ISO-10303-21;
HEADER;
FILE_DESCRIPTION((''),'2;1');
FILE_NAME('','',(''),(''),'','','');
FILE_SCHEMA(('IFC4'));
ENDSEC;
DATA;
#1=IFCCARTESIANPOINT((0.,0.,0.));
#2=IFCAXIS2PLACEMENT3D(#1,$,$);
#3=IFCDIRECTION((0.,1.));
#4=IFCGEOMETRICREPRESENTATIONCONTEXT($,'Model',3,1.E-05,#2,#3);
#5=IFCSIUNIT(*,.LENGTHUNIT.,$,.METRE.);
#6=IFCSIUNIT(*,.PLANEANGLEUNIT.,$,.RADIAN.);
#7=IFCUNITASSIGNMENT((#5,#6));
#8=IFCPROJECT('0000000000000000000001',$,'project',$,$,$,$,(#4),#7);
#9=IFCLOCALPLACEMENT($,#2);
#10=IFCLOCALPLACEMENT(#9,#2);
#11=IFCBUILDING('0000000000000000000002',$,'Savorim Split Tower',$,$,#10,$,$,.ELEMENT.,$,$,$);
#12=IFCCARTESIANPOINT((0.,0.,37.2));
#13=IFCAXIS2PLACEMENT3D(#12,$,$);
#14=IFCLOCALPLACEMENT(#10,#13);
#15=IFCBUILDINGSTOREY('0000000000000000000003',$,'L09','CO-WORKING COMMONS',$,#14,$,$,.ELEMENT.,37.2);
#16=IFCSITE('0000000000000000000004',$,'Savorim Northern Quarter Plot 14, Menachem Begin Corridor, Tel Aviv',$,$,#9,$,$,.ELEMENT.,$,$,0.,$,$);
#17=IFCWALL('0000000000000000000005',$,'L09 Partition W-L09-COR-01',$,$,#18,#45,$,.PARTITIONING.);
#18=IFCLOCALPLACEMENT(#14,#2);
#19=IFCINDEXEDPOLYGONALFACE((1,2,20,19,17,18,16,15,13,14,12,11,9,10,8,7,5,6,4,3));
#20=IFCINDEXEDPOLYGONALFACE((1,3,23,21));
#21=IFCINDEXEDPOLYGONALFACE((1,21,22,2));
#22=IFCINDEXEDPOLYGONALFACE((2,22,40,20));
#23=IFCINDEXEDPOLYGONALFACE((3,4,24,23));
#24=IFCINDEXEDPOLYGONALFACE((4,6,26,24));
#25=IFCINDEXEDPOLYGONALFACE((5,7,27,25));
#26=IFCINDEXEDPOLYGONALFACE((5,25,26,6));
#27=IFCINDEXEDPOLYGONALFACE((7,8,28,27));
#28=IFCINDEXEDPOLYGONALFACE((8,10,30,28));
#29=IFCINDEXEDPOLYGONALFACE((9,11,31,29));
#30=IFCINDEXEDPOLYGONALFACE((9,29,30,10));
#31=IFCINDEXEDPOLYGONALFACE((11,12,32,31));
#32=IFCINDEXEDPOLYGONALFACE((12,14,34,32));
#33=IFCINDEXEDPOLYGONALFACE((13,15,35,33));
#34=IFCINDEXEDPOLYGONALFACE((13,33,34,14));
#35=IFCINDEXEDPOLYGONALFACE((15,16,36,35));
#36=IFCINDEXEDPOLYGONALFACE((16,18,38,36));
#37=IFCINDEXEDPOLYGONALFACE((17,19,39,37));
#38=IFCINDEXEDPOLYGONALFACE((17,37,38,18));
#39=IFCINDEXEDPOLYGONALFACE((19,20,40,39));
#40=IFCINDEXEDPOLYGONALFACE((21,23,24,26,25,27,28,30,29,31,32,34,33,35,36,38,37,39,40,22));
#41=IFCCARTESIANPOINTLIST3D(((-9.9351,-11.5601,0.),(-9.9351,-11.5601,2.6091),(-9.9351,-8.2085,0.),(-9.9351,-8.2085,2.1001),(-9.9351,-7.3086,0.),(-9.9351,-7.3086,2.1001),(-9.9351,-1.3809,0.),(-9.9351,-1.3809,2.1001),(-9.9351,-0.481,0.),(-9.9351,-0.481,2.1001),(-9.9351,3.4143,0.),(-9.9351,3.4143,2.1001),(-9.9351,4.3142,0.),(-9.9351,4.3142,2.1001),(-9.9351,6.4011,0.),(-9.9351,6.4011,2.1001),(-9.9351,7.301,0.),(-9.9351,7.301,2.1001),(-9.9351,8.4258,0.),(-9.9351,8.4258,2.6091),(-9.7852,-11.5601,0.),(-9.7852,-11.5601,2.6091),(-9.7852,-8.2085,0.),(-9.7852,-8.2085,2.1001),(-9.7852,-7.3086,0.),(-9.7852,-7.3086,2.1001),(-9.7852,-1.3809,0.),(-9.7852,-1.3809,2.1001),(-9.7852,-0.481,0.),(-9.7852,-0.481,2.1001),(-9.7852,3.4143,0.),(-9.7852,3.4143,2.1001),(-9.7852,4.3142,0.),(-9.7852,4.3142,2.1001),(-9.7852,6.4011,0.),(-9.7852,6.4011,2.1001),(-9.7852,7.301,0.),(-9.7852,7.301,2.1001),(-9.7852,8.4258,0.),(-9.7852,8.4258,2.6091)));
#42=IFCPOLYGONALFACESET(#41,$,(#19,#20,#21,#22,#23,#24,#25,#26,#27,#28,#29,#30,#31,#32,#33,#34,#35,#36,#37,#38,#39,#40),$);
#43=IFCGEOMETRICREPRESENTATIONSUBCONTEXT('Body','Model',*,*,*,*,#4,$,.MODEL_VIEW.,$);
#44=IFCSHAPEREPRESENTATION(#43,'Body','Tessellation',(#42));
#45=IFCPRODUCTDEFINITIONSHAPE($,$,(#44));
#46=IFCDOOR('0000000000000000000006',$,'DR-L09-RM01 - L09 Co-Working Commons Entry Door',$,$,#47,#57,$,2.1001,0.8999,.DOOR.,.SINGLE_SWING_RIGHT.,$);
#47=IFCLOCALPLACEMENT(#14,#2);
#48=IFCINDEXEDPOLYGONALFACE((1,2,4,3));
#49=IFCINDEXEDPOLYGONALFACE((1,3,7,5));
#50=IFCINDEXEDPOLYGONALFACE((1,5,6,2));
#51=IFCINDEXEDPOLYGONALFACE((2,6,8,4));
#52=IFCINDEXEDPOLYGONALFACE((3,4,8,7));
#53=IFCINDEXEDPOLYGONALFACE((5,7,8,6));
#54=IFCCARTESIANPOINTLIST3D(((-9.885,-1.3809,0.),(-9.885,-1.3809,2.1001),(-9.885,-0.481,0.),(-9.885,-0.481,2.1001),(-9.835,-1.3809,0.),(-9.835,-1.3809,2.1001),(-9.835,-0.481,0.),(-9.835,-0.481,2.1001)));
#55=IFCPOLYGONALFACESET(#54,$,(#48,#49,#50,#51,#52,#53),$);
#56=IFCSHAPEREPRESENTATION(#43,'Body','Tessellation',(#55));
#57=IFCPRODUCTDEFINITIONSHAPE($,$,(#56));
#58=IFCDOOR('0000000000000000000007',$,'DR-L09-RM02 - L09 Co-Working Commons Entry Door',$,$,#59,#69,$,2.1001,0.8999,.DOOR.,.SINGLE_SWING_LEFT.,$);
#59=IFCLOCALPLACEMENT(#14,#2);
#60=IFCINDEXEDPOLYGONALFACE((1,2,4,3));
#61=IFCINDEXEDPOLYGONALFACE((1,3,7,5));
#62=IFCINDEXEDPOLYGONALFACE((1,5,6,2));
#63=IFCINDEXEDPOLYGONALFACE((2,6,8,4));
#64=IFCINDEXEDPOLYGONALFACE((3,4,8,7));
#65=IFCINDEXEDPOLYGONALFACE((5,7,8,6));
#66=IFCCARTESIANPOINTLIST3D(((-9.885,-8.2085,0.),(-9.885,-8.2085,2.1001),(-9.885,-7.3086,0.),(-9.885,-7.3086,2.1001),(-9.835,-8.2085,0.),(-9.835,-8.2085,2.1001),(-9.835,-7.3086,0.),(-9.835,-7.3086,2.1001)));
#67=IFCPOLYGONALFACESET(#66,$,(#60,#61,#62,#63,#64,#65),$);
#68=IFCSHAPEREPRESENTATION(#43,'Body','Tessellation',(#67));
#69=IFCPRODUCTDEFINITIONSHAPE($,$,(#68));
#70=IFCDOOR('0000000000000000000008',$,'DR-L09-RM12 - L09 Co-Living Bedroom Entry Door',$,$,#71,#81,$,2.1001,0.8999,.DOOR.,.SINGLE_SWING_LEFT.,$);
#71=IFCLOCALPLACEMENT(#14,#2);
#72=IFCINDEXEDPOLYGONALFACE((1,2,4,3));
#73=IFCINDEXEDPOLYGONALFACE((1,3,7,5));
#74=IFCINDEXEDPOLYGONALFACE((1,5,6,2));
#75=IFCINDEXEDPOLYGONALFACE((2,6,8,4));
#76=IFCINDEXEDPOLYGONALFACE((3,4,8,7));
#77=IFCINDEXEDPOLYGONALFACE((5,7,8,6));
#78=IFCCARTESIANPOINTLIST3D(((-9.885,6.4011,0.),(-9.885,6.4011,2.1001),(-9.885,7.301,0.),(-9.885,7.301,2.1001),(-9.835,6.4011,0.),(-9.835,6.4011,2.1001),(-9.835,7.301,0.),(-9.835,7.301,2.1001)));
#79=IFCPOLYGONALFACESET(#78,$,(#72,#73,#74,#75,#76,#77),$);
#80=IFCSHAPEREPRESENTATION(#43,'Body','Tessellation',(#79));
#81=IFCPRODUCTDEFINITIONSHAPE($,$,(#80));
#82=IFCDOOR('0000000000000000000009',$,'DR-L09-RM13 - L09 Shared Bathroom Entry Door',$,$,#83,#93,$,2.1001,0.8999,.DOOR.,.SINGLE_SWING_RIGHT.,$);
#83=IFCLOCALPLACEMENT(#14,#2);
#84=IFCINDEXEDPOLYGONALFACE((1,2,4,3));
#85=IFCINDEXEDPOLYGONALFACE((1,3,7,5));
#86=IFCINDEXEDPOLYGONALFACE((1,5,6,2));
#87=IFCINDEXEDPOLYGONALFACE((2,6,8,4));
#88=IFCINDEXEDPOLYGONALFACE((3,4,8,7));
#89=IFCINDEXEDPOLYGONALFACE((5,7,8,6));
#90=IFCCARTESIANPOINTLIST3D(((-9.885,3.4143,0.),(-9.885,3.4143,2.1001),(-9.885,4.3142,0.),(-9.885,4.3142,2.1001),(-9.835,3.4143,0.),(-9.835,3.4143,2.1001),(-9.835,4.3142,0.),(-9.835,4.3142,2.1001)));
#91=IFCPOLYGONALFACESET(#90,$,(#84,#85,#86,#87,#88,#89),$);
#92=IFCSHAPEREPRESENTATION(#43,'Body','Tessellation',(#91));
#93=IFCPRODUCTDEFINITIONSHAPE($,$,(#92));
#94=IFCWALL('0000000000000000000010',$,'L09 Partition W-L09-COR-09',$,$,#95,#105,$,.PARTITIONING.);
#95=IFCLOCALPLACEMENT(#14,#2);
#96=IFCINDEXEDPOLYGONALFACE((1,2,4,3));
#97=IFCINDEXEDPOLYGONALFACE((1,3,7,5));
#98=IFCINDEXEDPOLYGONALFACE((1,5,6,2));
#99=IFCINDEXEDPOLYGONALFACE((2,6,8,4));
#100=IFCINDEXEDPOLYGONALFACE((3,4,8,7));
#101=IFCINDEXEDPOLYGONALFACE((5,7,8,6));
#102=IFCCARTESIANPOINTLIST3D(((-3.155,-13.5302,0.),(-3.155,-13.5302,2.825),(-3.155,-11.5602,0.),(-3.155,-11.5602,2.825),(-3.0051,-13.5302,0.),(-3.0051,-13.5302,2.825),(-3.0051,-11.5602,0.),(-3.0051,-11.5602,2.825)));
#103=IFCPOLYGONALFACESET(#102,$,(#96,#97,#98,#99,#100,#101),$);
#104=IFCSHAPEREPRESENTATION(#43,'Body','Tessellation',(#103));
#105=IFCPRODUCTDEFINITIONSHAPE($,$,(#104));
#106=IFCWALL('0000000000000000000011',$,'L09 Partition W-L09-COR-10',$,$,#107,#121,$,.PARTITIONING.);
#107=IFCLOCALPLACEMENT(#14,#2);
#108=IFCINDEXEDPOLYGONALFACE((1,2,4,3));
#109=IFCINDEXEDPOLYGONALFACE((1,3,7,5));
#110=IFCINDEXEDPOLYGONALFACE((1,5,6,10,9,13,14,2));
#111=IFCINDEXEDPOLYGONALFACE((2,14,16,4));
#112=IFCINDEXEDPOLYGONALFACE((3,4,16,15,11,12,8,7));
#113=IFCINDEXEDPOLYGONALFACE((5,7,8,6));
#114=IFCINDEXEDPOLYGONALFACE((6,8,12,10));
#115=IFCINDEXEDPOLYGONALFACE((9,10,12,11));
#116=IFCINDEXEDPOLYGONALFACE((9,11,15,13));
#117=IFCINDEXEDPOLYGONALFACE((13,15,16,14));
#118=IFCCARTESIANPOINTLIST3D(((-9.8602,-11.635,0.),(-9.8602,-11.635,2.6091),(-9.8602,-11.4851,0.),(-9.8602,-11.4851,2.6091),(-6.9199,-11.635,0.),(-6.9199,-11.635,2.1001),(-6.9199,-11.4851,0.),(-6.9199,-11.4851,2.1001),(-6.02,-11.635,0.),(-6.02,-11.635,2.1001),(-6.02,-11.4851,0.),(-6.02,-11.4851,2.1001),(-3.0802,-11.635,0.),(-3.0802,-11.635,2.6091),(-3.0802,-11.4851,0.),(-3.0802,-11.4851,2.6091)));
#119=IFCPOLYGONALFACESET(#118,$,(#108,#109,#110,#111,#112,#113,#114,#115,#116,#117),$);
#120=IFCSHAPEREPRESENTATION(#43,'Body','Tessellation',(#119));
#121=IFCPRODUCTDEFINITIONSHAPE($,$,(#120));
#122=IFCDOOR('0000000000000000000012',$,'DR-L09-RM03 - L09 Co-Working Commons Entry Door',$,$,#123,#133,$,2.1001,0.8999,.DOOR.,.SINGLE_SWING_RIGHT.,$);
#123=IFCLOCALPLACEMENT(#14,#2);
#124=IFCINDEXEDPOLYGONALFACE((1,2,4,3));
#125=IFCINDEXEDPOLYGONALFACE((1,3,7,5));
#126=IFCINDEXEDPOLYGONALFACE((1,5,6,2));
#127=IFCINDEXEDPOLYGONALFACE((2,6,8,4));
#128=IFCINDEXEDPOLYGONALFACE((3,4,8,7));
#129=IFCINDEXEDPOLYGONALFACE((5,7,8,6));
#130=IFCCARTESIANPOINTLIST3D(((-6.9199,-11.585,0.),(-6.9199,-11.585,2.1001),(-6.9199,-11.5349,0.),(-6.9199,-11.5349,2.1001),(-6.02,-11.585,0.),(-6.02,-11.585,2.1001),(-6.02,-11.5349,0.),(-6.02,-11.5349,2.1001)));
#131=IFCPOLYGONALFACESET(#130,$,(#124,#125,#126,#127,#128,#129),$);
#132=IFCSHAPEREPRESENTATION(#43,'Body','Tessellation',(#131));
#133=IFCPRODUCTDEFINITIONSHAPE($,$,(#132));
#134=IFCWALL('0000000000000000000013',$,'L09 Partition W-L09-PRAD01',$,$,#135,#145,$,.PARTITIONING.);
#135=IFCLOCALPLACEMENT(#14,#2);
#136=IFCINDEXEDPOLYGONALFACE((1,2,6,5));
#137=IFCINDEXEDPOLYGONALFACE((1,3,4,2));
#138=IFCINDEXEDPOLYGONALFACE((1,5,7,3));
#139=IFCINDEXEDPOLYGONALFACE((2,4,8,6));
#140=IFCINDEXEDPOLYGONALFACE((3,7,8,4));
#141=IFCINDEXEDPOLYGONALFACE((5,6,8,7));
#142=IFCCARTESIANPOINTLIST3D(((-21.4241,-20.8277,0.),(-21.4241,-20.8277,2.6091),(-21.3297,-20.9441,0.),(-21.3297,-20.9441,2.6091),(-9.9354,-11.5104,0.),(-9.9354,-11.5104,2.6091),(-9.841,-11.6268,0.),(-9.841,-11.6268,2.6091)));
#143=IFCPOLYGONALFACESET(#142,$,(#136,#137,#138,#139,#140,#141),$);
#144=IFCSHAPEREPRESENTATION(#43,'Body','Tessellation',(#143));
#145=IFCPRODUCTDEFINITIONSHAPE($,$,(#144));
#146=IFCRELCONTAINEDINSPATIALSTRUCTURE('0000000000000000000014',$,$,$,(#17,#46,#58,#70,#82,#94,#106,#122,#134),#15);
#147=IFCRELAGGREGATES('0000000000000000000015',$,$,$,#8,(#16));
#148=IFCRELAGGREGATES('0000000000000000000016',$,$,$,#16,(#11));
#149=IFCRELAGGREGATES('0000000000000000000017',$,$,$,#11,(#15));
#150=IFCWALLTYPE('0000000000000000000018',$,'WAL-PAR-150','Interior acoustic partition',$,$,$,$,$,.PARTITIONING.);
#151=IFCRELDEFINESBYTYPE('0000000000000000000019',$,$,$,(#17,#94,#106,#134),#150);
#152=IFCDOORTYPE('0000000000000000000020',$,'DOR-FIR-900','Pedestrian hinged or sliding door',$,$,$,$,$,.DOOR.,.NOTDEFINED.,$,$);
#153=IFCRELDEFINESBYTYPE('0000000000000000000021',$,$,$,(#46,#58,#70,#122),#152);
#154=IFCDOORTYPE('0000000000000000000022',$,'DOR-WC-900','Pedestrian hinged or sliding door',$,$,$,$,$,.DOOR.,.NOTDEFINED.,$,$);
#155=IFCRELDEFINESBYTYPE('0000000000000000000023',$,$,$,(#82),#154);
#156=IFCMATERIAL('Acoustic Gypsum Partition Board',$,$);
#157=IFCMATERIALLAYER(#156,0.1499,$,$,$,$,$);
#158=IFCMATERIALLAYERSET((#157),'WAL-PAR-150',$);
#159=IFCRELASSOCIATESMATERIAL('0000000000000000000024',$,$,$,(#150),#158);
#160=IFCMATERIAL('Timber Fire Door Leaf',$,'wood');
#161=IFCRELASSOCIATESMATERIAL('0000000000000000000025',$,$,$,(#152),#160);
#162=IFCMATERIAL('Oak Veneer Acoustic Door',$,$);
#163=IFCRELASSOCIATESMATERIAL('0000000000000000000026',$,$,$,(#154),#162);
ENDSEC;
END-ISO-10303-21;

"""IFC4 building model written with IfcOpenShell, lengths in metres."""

from ifc_helpers import new_model, si_unit, direction, frame, frame_2d, origin, place, context, subcontext, project, spatial, rectangle, extrude, material, layer, layer_set, type_object, element, fill, save


model = new_model("IFC4")

# Units and contexts
model_context = context("Model", 3, precision=1e-05, world=origin(), true_north=direction((0.0, 1.0)))
body_context = subcontext(model_context, "Body", "Model", "MODEL_VIEW")
ifc_project = project(units=[si_unit("LENGTHUNIT", "METRE"), si_unit("PLANEANGLEUNIT", "RADIAN")], contexts=[model_context])

# Site, building, storey
site_placement = place(None, origin())
site = spatial("IfcSite", under=ifc_project, at=site_placement, Name="Savorim Northern Quarter Plot 14, Menachem Begin Corridor, Tel Aviv", CompositionType="ELEMENT", RefElevation=0.0)
building_placement = place(site_placement, origin())
building = spatial("IfcBuilding", under=site, at=building_placement, Name="Savorim Split Tower", CompositionType="ELEMENT")
storey_placement = place(building_placement, frame((0.0, 0.0, 37.2)))
storey = spatial("IfcBuildingStorey", under=building, at=storey_placement, Name="L09", Description="CO-WORKING COMMONS", CompositionType="ELEMENT", Elevation=37.2)

# Shared definitions
ifc_material_1 = material(Name="Timber Fire Door Leaf", Category="wood")

# Shared definitions
ifc_material_2 = material(Name="Acoustic Gypsum Partition Board")
ifc_layer_1 = layer(ifc_material_2, 0.1499)
ifc_layer_set_1 = layer_set([ifc_layer_1], Name="WAL-PAR-150")
wall_type_1 = type_object("IfcWallType", Name="WAL-PAR-150", Description="Interior acoustic partition", PredefinedType="PARTITIONING", material=ifc_layer_set_1)
door_type_1 = type_object("IfcDoorType", Name="DOR-FIR-900", Description="Pedestrian hinged or sliding door", OperationType="NOTDEFINED", PredefinedType="DOOR", material=ifc_material_1)
ifc_material_3 = material(Name="Oak Veneer Acoustic Door")
door_type_2 = type_object("IfcDoorType", Name="DOR-WC-900", Description="Pedestrian hinged or sliding door", OperationType="NOTDEFINED", PredefinedType="DOOR", material=ifc_material_3)

# Wall, openings, doors
wall_1_placement = place(storey_placement, frame((-9.8601, -11.5601, 0.0), z_axis=(0.0, 0.0, 1.0), x_axis=(0.0, 1.0, 0.0)))
wall_1 = element("IfcWall", 1, at=wall_1_placement, inside=storey, type_object=wall_type_1, Name="L09 Partition W-L09-COR-01", PredefinedType="PARTITIONING", context=body_context, shape_type="SweptSolid", body=[
    extrude(rectangle(XDim=19.9858, YDim=0.1499, at=frame_2d((9.9929, 0.0))), origin(), (0.0, 0.0, 1.0), 2.6091),
])
opening_1_placement = place(wall_1_placement, frame((10.1792, 0.0, 0.0)))
opening_1 = element("IfcOpeningElement", 2, at=opening_1_placement, cuts=wall_1, PredefinedType="OPENING", context=body_context, shape_type="SweptSolid", body=[
    extrude(rectangle(XDim=0.8999, YDim=2.1001, at=frame_2d((0.45, 1.05))), frame((0.0, 0.085, 0.0), z_axis=(0.0, -1.0, 0.0), x_axis=(1.0, 0.0, 0.0)), (0.0, 0.0, 1.0), 0.1699),
])
opening_2_placement = place(wall_1_placement, frame((3.3516, 0.0, 0.0)))
opening_2 = element("IfcOpeningElement", 3, at=opening_2_placement, cuts=wall_1, PredefinedType="OPENING", context=body_context, shape_type="SweptSolid", body=[
    extrude(rectangle(XDim=0.8999, YDim=2.1001, at=frame_2d((0.45, 1.05))), frame((0.0, 0.085, 0.0), z_axis=(0.0, -1.0, 0.0), x_axis=(1.0, 0.0, 0.0)), (0.0, 0.0, 1.0), 0.1699),
])
opening_3_placement = place(wall_1_placement, frame((17.9612, 0.0, 0.0)))
opening_3 = element("IfcOpeningElement", 4, at=opening_3_placement, cuts=wall_1, PredefinedType="OPENING", context=body_context, shape_type="SweptSolid", body=[
    extrude(rectangle(XDim=0.8999, YDim=2.1001, at=frame_2d((0.45, 1.05))), frame((0.0, 0.085, 0.0), z_axis=(0.0, -1.0, 0.0), x_axis=(1.0, 0.0, 0.0)), (0.0, 0.0, 1.0), 0.1699),
])
opening_4_placement = place(wall_1_placement, frame((14.9744, 0.0, 0.0)))
opening_4 = element("IfcOpeningElement", 5, at=opening_4_placement, cuts=wall_1, PredefinedType="OPENING", context=body_context, shape_type="SweptSolid", body=[
    extrude(rectangle(XDim=0.8999, YDim=2.1001, at=frame_2d((0.45, 1.05))), frame((0.0, 0.085, 0.0), z_axis=(0.0, -1.0, 0.0), x_axis=(1.0, 0.0, 0.0)), (0.0, 0.0, 1.0), 0.1699),
])
door_1_placement = place(opening_1_placement, origin())
door_1 = element("IfcDoor", 6, at=door_1_placement, inside=storey, type_object=door_type_1, Name="DR-L09-RM01 - L09 Co-Working Commons Entry Door", OperationType="SINGLE_SWING_RIGHT", OverallHeight=2.1001, OverallWidth=0.8999, PredefinedType="DOOR", context=body_context, shape_type="SweptSolid", body=[
    extrude(rectangle(XDim=0.8999, YDim=2.1001, at=frame_2d((0.45, 1.05))), frame((0.0, 0.0249, 0.0), z_axis=(0.0, -1.0, 0.0), x_axis=(1.0, 0.0, 0.0)), (0.0, 0.0, 1.0), 0.05),
])
fill(opening_1, door_1)
door_2_placement = place(opening_2_placement, origin())
door_2 = element("IfcDoor", 7, at=door_2_placement, inside=storey, type_object=door_type_1, Name="DR-L09-RM02 - L09 Co-Working Commons Entry Door", OperationType="SINGLE_SWING_LEFT", OverallHeight=2.1001, OverallWidth=0.8999, PredefinedType="DOOR", context=body_context, shape_type="SweptSolid", body=[
    extrude(rectangle(XDim=0.8999, YDim=2.1001, at=frame_2d((0.45, 1.05))), frame((0.0, 0.0249, 0.0), z_axis=(0.0, -1.0, 0.0), x_axis=(1.0, 0.0, 0.0)), (0.0, 0.0, 1.0), 0.05),
])
fill(opening_2, door_2)
door_3_placement = place(opening_3_placement, origin())
door_3 = element("IfcDoor", 8, at=door_3_placement, inside=storey, type_object=door_type_1, Name="DR-L09-RM12 - L09 Co-Living Bedroom Entry Door", OperationType="SINGLE_SWING_LEFT", OverallHeight=2.1001, OverallWidth=0.8999, PredefinedType="DOOR", context=body_context, shape_type="SweptSolid", body=[
    extrude(rectangle(XDim=0.8999, YDim=2.1001, at=frame_2d((0.45, 1.05))), frame((0.0, 0.0249, 0.0), z_axis=(0.0, -1.0, 0.0), x_axis=(1.0, 0.0, 0.0)), (0.0, 0.0, 1.0), 0.05),
])
fill(opening_3, door_3)
door_4_placement = place(opening_4_placement, origin())
door_4 = element("IfcDoor", 9, at=door_4_placement, inside=storey, type_object=door_type_2, Name="DR-L09-RM13 - L09 Shared Bathroom Entry Door", OperationType="SINGLE_SWING_RIGHT", OverallHeight=2.1001, OverallWidth=0.8999, PredefinedType="DOOR", context=body_context, shape_type="SweptSolid", body=[
    extrude(rectangle(XDim=0.8999, YDim=2.1001, at=frame_2d((0.45, 1.05))), frame((0.0, 0.0249, 0.0), z_axis=(0.0, -1.0, 0.0), x_axis=(1.0, 0.0, 0.0)), (0.0, 0.0, 1.0), 0.05),
])
fill(opening_4, door_4)

# Wall
wall_2_placement = place(storey_placement, frame((-3.0801, -13.53, 0.0), z_axis=(0.0, 0.0, 1.0), x_axis=(0.0, 1.0, 0.0)))
element("IfcWall", 10, at=wall_2_placement, inside=storey, type_object=wall_type_1, Name="L09 Partition W-L09-COR-09", PredefinedType="PARTITIONING", context=body_context, shape_type="SweptSolid", body=[
    extrude(rectangle(XDim=1.97, YDim=0.1499, at=frame_2d((0.9849, 0.0))), origin(), (0.0, 0.0, 1.0), 2.825),
])

# Wall, opening, door
wall_3_placement = place(storey_placement, frame((-3.0801, -11.5601, 0.0), z_axis=(0.0, 0.0, 1.0), x_axis=(-1.0, 0.0, 0.0)))
wall_3 = element("IfcWall", 11, at=wall_3_placement, inside=storey, type_object=wall_type_1, Name="L09 Partition W-L09-COR-10", PredefinedType="PARTITIONING", context=body_context, shape_type="SweptSolid", body=[
    extrude(rectangle(XDim=6.78, YDim=0.1499, at=frame_2d((3.3901, 0.0))), origin(), (0.0, 0.0, 1.0), 2.6091),
])
opening_5_placement = place(wall_3_placement, frame((2.9399, 0.0, 0.0)))
opening_5 = element("IfcOpeningElement", 12, at=opening_5_placement, cuts=wall_3, PredefinedType="OPENING", context=body_context, shape_type="SweptSolid", body=[
    extrude(rectangle(XDim=0.8999, YDim=2.1001, at=frame_2d((0.45, 1.05))), frame((0.0, 0.085, 0.0), z_axis=(0.0, -1.0, 0.0), x_axis=(1.0, 0.0, 0.0)), (0.0, 0.0, 1.0), 0.1699),
])
door_5_placement = place(opening_5_placement, origin())
door_5 = element("IfcDoor", 13, at=door_5_placement, inside=storey, type_object=door_type_1, Name="DR-L09-RM03 - L09 Co-Working Commons Entry Door", OperationType="SINGLE_SWING_RIGHT", OverallHeight=2.1001, OverallWidth=0.8999, PredefinedType="DOOR", context=body_context, shape_type="SweptSolid", body=[
    extrude(rectangle(XDim=0.8999, YDim=2.1001, at=frame_2d((0.45, 1.05))), frame((0.0, 0.0249, 0.0), z_axis=(0.0, -1.0, 0.0), x_axis=(1.0, 0.0, 0.0)), (0.0, 0.0, 1.0), 0.05),
])
fill(opening_5, door_5)

# Wall
wall_4_placement = place(storey_placement, frame((-9.8882, -11.5686, 0.0), z_axis=(0.0, 0.0, 1.0), x_axis=(-0.776684, -0.62989, 0.0)))
element("IfcWall", 14, at=wall_4_placement, inside=storey, type_object=wall_type_1, Name="L09 Partition W-L09-PRAD01", PredefinedType="PARTITIONING", context=body_context, shape_type="SweptSolid", body=[
    extrude(rectangle(XDim=14.792, YDim=0.1499, at=frame_2d((7.396, 0.0))), origin(), (0.0, 0.0, 1.0), 2.6091),
])

save(model, "model.ifc")
